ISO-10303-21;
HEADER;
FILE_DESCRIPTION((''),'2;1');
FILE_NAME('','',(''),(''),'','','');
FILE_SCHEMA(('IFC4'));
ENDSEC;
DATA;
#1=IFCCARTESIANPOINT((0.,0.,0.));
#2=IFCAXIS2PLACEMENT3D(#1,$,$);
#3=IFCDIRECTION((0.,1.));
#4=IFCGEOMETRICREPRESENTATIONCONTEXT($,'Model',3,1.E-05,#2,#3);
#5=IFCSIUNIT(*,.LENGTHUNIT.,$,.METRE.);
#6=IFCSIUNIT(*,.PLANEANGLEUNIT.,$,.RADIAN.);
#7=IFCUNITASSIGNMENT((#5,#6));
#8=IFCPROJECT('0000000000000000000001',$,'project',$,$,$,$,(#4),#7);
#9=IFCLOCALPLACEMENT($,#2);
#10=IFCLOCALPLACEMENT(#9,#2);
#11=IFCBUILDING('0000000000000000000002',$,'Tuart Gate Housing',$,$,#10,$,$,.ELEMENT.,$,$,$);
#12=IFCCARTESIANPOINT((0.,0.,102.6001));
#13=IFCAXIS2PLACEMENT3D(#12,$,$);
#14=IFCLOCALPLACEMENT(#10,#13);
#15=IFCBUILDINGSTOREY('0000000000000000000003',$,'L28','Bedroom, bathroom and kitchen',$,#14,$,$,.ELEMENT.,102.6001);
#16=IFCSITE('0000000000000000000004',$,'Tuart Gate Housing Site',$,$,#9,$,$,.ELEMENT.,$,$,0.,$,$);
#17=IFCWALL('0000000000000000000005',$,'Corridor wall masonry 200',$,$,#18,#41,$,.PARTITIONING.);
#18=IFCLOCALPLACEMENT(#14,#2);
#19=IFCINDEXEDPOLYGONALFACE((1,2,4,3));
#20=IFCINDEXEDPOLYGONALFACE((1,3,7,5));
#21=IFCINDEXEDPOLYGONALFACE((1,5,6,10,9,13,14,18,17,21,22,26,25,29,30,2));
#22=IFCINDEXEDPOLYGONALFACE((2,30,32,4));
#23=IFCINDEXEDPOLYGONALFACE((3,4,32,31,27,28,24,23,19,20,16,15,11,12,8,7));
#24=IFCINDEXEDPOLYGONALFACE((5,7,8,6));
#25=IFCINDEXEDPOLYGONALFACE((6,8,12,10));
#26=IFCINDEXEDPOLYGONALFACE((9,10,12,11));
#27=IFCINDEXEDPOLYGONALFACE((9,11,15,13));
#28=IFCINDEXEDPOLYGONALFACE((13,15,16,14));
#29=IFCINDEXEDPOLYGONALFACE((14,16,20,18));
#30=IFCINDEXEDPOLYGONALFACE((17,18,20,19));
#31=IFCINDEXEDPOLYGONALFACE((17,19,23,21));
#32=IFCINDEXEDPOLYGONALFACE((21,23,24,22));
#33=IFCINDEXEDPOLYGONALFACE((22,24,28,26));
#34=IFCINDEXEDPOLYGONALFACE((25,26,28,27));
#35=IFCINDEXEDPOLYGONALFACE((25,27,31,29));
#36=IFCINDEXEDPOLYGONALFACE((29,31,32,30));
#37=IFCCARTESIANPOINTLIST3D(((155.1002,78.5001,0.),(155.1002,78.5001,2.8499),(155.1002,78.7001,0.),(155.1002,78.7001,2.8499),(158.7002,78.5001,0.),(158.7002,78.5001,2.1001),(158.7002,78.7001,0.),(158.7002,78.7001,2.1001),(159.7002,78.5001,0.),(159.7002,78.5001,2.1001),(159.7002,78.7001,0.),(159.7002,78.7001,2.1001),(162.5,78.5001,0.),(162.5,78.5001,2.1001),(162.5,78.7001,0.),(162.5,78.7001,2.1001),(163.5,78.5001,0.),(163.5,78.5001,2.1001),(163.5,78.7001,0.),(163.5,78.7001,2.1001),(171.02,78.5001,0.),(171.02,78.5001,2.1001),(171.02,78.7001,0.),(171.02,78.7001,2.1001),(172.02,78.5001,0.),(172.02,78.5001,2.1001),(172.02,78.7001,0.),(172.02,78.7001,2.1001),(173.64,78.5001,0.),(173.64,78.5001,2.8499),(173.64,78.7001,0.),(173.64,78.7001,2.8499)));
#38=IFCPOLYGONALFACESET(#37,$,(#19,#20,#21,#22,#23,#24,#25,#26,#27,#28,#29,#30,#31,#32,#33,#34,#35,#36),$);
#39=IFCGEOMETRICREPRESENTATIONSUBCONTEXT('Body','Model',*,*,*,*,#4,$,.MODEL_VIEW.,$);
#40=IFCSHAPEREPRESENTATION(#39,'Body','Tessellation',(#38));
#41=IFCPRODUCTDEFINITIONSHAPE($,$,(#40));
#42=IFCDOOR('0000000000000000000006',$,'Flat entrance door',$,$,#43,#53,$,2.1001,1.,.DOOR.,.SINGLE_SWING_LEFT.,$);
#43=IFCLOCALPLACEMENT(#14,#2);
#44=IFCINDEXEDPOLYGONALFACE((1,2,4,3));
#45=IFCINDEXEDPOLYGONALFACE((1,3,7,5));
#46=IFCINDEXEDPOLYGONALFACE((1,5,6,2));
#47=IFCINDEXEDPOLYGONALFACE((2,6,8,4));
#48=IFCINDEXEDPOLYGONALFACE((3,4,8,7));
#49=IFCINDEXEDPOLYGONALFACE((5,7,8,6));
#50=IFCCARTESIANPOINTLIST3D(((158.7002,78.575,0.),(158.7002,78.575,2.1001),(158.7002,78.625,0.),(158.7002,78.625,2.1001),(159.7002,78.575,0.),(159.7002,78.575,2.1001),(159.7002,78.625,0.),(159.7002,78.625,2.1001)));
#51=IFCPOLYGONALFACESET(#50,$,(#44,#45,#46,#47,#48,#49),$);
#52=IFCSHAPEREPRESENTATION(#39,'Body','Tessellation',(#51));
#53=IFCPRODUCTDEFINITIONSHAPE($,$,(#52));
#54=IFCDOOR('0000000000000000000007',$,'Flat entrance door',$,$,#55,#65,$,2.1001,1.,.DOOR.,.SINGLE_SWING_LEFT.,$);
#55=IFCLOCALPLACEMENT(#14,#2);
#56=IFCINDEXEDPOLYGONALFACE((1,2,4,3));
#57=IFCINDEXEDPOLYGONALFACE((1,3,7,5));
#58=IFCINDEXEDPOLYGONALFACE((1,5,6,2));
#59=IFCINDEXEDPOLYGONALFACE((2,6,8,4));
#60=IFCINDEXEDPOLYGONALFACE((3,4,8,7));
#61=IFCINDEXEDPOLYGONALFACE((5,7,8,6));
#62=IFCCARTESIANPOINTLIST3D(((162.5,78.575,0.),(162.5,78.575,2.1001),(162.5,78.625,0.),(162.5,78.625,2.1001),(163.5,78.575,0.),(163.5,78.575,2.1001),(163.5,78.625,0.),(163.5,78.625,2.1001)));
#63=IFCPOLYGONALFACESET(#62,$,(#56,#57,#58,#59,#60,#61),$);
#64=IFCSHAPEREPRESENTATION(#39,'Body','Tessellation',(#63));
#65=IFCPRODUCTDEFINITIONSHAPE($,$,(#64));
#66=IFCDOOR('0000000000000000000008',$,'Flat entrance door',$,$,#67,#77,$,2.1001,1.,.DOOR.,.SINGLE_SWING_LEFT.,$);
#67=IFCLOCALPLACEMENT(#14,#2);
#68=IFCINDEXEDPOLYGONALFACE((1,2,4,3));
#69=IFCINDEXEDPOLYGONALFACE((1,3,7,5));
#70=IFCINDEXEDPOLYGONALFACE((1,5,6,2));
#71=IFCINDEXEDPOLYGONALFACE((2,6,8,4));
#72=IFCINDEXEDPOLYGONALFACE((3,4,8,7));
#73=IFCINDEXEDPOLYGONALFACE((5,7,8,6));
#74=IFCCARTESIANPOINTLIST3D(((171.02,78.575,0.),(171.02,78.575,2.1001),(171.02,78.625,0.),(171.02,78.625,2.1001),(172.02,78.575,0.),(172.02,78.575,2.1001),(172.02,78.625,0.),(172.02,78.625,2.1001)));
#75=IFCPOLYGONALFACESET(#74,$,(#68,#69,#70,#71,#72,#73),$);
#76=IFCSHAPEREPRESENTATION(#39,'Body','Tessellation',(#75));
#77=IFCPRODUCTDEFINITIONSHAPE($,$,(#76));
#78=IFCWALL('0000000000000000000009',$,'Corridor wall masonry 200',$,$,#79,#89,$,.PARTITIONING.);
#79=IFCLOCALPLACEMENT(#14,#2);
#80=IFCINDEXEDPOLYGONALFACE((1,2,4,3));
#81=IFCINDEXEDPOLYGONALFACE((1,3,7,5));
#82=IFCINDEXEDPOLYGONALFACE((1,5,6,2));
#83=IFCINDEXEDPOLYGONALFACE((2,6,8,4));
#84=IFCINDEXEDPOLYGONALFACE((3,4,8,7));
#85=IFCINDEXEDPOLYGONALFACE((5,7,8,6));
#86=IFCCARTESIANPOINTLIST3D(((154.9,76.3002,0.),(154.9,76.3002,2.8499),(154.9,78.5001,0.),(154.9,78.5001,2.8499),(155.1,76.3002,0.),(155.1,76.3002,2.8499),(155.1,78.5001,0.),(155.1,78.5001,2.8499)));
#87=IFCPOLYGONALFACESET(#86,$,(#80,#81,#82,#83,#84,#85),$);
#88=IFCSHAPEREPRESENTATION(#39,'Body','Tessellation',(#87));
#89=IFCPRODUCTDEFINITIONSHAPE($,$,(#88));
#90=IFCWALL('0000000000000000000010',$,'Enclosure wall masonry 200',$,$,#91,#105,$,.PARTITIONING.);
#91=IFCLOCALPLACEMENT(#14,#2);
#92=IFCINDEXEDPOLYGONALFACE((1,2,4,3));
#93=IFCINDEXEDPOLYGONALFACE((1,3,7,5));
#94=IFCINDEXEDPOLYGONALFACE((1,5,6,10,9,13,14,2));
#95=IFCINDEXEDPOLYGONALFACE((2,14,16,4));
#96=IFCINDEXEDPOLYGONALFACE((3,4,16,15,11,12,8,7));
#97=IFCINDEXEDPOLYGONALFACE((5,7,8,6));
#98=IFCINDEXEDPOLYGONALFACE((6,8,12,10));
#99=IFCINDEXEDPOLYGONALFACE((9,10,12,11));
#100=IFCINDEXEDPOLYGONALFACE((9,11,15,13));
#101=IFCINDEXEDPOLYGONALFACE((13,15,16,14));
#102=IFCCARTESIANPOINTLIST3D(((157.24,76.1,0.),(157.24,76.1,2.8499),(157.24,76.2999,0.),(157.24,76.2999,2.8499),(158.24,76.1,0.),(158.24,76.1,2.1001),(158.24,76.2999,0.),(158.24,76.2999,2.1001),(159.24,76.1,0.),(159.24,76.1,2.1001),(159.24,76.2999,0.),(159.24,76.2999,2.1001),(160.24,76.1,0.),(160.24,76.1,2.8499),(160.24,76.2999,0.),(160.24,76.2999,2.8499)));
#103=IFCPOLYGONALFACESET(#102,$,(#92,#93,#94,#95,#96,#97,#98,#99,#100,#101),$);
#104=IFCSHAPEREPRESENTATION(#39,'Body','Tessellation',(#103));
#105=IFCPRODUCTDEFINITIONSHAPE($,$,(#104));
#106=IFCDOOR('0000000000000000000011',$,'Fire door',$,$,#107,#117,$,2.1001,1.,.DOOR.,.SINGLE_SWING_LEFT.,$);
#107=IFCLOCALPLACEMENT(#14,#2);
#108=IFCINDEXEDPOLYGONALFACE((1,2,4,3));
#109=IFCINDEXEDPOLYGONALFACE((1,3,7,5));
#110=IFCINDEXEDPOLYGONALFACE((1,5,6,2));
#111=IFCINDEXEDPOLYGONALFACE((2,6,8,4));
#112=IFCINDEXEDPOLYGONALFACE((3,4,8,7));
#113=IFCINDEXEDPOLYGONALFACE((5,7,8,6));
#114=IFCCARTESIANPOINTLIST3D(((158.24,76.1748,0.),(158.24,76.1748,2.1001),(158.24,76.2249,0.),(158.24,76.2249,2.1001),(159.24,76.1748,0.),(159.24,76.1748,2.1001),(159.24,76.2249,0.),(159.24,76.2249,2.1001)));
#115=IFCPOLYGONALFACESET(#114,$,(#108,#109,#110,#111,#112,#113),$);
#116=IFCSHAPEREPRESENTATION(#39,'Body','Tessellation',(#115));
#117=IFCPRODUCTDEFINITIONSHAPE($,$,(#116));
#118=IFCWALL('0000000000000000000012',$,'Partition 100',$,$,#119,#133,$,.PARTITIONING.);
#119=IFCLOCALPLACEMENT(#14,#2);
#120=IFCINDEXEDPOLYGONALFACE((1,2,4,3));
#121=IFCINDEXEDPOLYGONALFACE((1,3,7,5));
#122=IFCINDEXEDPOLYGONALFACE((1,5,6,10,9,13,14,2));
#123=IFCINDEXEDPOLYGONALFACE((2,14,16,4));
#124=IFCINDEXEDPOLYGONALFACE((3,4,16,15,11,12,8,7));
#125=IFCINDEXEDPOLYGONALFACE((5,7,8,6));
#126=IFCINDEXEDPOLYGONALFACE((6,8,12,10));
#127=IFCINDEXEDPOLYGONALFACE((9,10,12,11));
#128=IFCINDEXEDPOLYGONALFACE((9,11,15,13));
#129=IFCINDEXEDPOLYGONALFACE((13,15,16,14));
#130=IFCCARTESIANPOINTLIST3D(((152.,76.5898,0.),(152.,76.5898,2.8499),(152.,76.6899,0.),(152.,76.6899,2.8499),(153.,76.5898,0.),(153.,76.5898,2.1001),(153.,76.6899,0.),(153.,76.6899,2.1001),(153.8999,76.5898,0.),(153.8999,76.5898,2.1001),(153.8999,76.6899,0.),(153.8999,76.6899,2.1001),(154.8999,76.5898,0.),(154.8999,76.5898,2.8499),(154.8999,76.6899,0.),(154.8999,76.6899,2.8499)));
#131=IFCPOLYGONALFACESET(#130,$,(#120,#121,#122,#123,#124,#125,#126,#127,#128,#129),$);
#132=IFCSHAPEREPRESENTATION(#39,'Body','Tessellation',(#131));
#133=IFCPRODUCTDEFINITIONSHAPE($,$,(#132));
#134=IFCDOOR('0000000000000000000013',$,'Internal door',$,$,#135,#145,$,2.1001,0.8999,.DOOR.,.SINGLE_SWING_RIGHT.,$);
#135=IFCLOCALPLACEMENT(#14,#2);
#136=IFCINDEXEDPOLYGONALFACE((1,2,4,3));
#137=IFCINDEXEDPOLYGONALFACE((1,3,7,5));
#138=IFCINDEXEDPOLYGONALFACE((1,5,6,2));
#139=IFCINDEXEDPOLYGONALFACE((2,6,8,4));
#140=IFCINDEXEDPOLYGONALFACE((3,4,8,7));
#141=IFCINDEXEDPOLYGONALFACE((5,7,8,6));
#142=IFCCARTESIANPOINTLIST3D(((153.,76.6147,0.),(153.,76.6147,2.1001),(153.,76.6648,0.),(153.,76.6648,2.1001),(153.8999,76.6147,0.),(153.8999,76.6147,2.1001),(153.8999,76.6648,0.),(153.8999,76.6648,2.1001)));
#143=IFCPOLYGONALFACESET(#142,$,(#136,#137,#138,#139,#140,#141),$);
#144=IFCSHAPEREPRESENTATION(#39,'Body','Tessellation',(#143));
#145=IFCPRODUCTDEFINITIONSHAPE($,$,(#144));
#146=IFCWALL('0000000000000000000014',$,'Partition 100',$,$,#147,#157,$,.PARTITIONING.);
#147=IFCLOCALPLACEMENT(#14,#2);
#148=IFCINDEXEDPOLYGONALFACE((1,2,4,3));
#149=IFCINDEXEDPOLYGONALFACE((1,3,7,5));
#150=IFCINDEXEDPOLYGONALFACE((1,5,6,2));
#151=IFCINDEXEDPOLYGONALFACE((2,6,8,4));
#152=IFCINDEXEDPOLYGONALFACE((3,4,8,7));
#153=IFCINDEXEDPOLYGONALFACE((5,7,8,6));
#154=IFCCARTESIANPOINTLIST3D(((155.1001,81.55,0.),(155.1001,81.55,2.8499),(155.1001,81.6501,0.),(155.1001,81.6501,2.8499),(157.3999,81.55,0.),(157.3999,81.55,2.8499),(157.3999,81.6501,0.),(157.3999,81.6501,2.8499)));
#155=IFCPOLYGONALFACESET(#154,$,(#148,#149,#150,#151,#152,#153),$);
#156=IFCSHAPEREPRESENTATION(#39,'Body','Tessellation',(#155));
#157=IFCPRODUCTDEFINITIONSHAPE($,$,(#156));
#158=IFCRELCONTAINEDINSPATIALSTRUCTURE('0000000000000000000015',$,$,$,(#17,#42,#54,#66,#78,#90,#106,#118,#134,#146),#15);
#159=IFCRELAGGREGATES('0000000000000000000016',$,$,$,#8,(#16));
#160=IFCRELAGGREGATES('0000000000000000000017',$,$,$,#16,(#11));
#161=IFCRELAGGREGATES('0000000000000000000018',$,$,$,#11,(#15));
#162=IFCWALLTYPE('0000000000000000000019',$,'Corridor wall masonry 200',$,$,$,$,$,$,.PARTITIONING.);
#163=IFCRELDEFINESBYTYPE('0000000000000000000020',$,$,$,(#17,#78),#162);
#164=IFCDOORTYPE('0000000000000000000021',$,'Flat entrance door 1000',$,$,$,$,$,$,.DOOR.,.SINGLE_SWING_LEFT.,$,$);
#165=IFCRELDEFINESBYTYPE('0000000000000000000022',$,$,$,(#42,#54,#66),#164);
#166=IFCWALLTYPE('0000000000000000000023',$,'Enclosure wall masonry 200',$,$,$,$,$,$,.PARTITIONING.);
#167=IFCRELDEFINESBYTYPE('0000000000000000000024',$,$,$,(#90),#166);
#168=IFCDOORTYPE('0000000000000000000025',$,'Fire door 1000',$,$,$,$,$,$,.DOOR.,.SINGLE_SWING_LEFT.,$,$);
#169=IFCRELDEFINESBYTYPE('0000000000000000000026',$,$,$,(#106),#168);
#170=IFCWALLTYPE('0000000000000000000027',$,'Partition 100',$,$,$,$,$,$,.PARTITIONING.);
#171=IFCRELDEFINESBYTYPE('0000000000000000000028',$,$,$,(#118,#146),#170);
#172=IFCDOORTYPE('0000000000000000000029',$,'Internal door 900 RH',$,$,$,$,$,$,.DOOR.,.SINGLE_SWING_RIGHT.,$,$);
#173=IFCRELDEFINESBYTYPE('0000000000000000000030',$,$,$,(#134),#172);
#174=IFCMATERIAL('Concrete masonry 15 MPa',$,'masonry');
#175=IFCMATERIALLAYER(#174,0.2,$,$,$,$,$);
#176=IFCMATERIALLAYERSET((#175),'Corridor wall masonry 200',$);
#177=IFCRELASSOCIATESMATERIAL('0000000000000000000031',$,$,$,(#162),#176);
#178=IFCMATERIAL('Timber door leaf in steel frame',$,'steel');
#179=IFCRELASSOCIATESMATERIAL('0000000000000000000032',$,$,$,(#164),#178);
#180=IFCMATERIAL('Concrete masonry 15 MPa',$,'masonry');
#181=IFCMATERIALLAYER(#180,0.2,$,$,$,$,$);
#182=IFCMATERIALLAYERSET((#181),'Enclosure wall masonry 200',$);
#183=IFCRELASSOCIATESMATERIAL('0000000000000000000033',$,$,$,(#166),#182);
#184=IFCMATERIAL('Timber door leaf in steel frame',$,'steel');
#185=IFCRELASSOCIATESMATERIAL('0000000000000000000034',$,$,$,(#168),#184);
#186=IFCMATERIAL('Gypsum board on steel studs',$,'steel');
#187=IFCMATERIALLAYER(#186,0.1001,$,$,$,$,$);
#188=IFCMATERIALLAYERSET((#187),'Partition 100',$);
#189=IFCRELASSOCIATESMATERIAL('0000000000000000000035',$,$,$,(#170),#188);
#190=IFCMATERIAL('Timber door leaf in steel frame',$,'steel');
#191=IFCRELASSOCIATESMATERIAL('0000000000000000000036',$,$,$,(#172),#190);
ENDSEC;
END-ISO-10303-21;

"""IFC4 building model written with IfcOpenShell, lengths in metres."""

from ifc_helpers import new_model, si_unit, direction, frame, frame_2d, origin, place, context, subcontext, project, spatial, rectangle, extrude, material, layer, layer_set, type_object, element, fill, save


model = new_model("IFC4")

# Units and contexts
model_context = context("Model", 3, precision=1e-05, world=origin(), true_north=direction((0.0, 1.0)))
body_context = subcontext(model_context, "Body", "Model", "MODEL_VIEW")
ifc_project = project(units=[si_unit("LENGTHUNIT", "METRE"), si_unit("PLANEANGLEUNIT", "RADIAN")], contexts=[model_context])

# Site, building, storey
site_placement = place(None, origin())
site = spatial("IfcSite", under=ifc_project, at=site_placement, Name="Tuart Gate Housing Site", CompositionType="ELEMENT", RefElevation=0.0)
building_placement = place(site_placement, origin())
building = spatial("IfcBuilding", under=site, at=building_placement, Name="Tuart Gate Housing", CompositionType="ELEMENT")
storey_placement = place(building_placement, frame((0.0, 0.0, 102.6001)))
storey = spatial("IfcBuildingStorey", under=building, at=storey_placement, Name="L28", Description="Bedroom, bathroom and kitchen", CompositionType="ELEMENT", Elevation=102.6001)

# Shared definitions
ifc_material_1 = material(Name="Concrete masonry 15 MPa", Category="masonry")
ifc_layer_1 = layer(ifc_material_1, 0.2)
ifc_layer_set_1 = layer_set([ifc_layer_1], Name="Corridor wall masonry 200")
wall_type_1 = type_object("IfcWallType", Name="Corridor wall masonry 200", PredefinedType="PARTITIONING", material=ifc_layer_set_1)

# Wall, openings, doors
wall_1_placement = place(storey_placement, frame((155.1001, 78.6001, 0.0), z_axis=(0.0, 0.0, 1.0), x_axis=(1.0, 0.0, 0.0)))
wall_1 = element("IfcWall", 1, at=wall_1_placement, inside=storey, type_object=wall_type_1, Name="Corridor wall masonry 200", PredefinedType="PARTITIONING", context=body_context, shape_type="SweptSolid", body=[
    extrude(rectangle(XDim=18.5398, YDim=0.2, at=frame_2d((9.27, 0.0))), origin(), (0.0, 0.0, 1.0), 2.8499),
])
opening_1_placement = place(wall_1_placement, frame((3.6001, 0.0, 0.0)))
opening_1 = element("IfcOpeningElement", 2, at=opening_1_placement, cuts=wall_1, PredefinedType="OPENING", context=body_context, shape_type="SweptSolid", body=[
    extrude(rectangle(XDim=1.0, YDim=2.1001, at=frame_2d((0.5, 1.05))), frame((0.0, 0.1099, 0.0), z_axis=(0.0, -1.0, 0.0), x_axis=(1.0, 0.0, 0.0)), (0.0, 0.0, 1.0), 0.22),
])
opening_2_placement = place(wall_1_placement, frame((7.3999, 0.0, 0.0)))
opening_2 = element("IfcOpeningElement", 3, at=opening_2_placement, cuts=wall_1, PredefinedType="OPENING", context=body_context, shape_type="SweptSolid", body=[
    extrude(rectangle(XDim=1.0, YDim=2.1001, at=frame_2d((0.5, 1.05))), frame((0.0, 0.1099, 0.0), z_axis=(0.0, -1.0, 0.0), x_axis=(1.0, 0.0, 0.0)), (0.0, 0.0, 1.0), 0.22),
])
opening_3_placement = place(wall_1_placement, frame((15.9199, 0.0, 0.0)))
opening_3 = element("IfcOpeningElement", 4, at=opening_3_placement, cuts=wall_1, PredefinedType="OPENING", context=body_context, shape_type="SweptSolid", body=[
    extrude(rectangle(XDim=1.0, YDim=2.1001, at=frame_2d((0.5, 1.05))), frame((0.0, 0.1099, 0.0), z_axis=(0.0, -1.0, 0.0), x_axis=(1.0, 0.0, 0.0)), (0.0, 0.0, 1.0), 0.22),
])
ifc_material_2 = material(Name="Timber door leaf in steel frame", Category="steel")
door_type_1 = type_object("IfcDoorType", Name="Flat entrance door 1000", OperationType="SINGLE_SWING_LEFT", PredefinedType="DOOR", material=ifc_material_2)
door_1_placement = place(opening_1_placement, origin())
door_1 = element("IfcDoor", 5, at=door_1_placement, inside=storey, type_object=door_type_1, Name="Flat entrance door", OperationType="SINGLE_SWING_LEFT", OverallHeight=2.1001, OverallWidth=1.0, PredefinedType="DOOR", context=body_context, shape_type="SweptSolid", body=[
    extrude(rectangle(XDim=1.0, YDim=2.1001, at=frame_2d((0.5, 1.05))), frame((0.0, 0.0249, 0.0), z_axis=(0.0, -1.0, 0.0), x_axis=(1.0, 0.0, 0.0)), (0.0, 0.0, 1.0), 0.05),
])
fill(opening_1, door_1)
door_2_placement = place(opening_2_placement, origin())
door_2 = element("IfcDoor", 6, at=door_2_placement, inside=storey, type_object=door_type_1, Name="Flat entrance door", OperationType="SINGLE_SWING_LEFT", OverallHeight=2.1001, OverallWidth=1.0, PredefinedType="DOOR", context=body_context, shape_type="SweptSolid", body=[
    extrude(rectangle(XDim=1.0, YDim=2.1001, at=frame_2d((0.5, 1.05))), frame((0.0, 0.0249, 0.0), z_axis=(0.0, -1.0, 0.0), x_axis=(1.0, 0.0, 0.0)), (0.0, 0.0, 1.0), 0.05),
])
fill(opening_2, door_2)
door_3_placement = place(opening_3_placement, origin())
door_3 = element("IfcDoor", 7, at=door_3_placement, inside=storey, type_object=door_type_1, Name="Flat entrance door", OperationType="SINGLE_SWING_LEFT", OverallHeight=2.1001, OverallWidth=1.0, PredefinedType="DOOR", context=body_context, shape_type="SweptSolid", body=[
    extrude(rectangle(XDim=1.0, YDim=2.1001, at=frame_2d((0.5, 1.05))), frame((0.0, 0.0249, 0.0), z_axis=(0.0, -1.0, 0.0), x_axis=(1.0, 0.0, 0.0)), (0.0, 0.0, 1.0), 0.05),
])
fill(opening_3, door_3)

# Wall
wall_2_placement = place(storey_placement, frame((155.0, 76.3, 0.0), z_axis=(0.0, 0.0, 1.0), x_axis=(0.0, 1.0, 0.0)))
element("IfcWall", 8, at=wall_2_placement, inside=storey, type_object=wall_type_1, Name="Corridor wall masonry 200", PredefinedType="PARTITIONING", context=body_context, shape_type="SweptSolid", body=[
    extrude(rectangle(XDim=2.2, YDim=0.2, at=frame_2d((1.1001, 0.0))), origin(), (0.0, 0.0, 1.0), 2.8499),
])

# Walls, openings, doors
ifc_material_3 = material(Name="Concrete masonry 15 MPa", Category="masonry")
ifc_layer_2 = layer(ifc_material_3, 0.2)
ifc_layer_set_2 = layer_set([ifc_layer_2], Name="Enclosure wall masonry 200")
wall_type_2 = type_object("IfcWallType", Name="Enclosure wall masonry 200", PredefinedType="PARTITIONING", material=ifc_layer_set_2)
wall_3_placement = place(storey_placement, frame((157.24, 76.2, 0.0), z_axis=(0.0, 0.0, 1.0), x_axis=(1.0, 0.0, 0.0)))
wall_3 = element("IfcWall", 9, at=wall_3_placement, inside=storey, type_object=wall_type_2, Name="Enclosure wall masonry 200", PredefinedType="PARTITIONING", context=body_context, shape_type="SweptSolid", body=[
    extrude(rectangle(XDim=3.0, YDim=0.2, at=frame_2d((1.5, 0.0))), origin(), (0.0, 0.0, 1.0), 2.8499),
])
opening_4_placement = place(wall_3_placement, frame((1.0, 0.0, 0.0)))
opening_4 = element("IfcOpeningElement", 10, at=opening_4_placement, cuts=wall_3, PredefinedType="OPENING", context=body_context, shape_type="SweptSolid", body=[
    extrude(rectangle(XDim=1.0, YDim=2.1001, at=frame_2d((0.5, 1.05))), frame((0.0, 0.1099, 0.0), z_axis=(0.0, -1.0, 0.0), x_axis=(1.0, 0.0, 0.0)), (0.0, 0.0, 1.0), 0.22),
])
ifc_material_4 = material(Name="Timber door leaf in steel frame", Category="steel")
door_type_2 = type_object("IfcDoorType", Name="Fire door 1000", OperationType="SINGLE_SWING_LEFT", PredefinedType="DOOR", material=ifc_material_4)
door_4_placement = place(opening_4_placement, origin())
door_4 = element("IfcDoor", 11, at=door_4_placement, inside=storey, type_object=door_type_2, Name="Fire door", OperationType="SINGLE_SWING_LEFT", OverallHeight=2.1001, OverallWidth=1.0, PredefinedType="DOOR", context=body_context, shape_type="SweptSolid", body=[
    extrude(rectangle(XDim=1.0, YDim=2.1001, at=frame_2d((0.5, 1.05))), frame((0.0, 0.0249, 0.0), z_axis=(0.0, -1.0, 0.0), x_axis=(1.0, 0.0, 0.0)), (0.0, 0.0, 1.0), 0.05),
])
fill(opening_4, door_4)
ifc_material_5 = material(Name="Gypsum board on steel studs", Category="steel")
ifc_layer_3 = layer(ifc_material_5, 0.1001)
ifc_layer_set_3 = layer_set([ifc_layer_3], Name="Partition 100")
wall_type_3 = type_object("IfcWallType", Name="Partition 100", PredefinedType="PARTITIONING", material=ifc_layer_set_3)
wall_4_placement = place(storey_placement, frame((152.0, 76.6399, 0.0), z_axis=(0.0, 0.0, 1.0), x_axis=(1.0, 0.0, 0.0)))
wall_4 = element("IfcWall", 12, at=wall_4_placement, inside=storey, type_object=wall_type_3, Name="Partition 100", PredefinedType="PARTITIONING", context=body_context, shape_type="SweptSolid", body=[
    extrude(rectangle(XDim=2.8999, YDim=0.1001, at=frame_2d((1.45, 0.0))), origin(), (0.0, 0.0, 1.0), 2.8499),
])
opening_5_placement = place(wall_4_placement, frame((1.0, 0.0, 0.0)))
opening_5 = element("IfcOpeningElement", 13, at=opening_5_placement, cuts=wall_4, PredefinedType="OPENING", context=body_context, shape_type="SweptSolid", body=[
    extrude(rectangle(XDim=0.8999, YDim=2.1001, at=frame_2d((0.45, 1.05))), frame((0.0, 0.0601, 0.0), z_axis=(0.0, -1.0, 0.0), x_axis=(1.0, 0.0, 0.0)), (0.0, 0.0, 1.0), 0.1201),
])
ifc_material_6 = material(Name="Timber door leaf in steel frame", Category="steel")
door_type_3 = type_object("IfcDoorType", Name="Internal door 900 RH", OperationType="SINGLE_SWING_RIGHT", PredefinedType="DOOR", material=ifc_material_6)
door_5_placement = place(opening_5_placement, frame((0.8999, 0.0, 0.0), z_axis=(0.0, 0.0, 1.0), x_axis=(-1.0, 0.0, 0.0)))
door_5 = element("IfcDoor", 14, at=door_5_placement, inside=storey, type_object=door_type_3, Name="Internal door", OperationType="SINGLE_SWING_RIGHT", OverallHeight=2.1001, OverallWidth=0.8999, PredefinedType="DOOR", context=body_context, shape_type="SweptSolid", body=[
    extrude(rectangle(XDim=0.8999, YDim=2.1001, at=frame_2d((0.45, 1.05))), frame((0.0, 0.0251, 0.0), z_axis=(0.0, -1.0, 0.0), x_axis=(1.0, 0.0, 0.0)), (0.0, 0.0, 1.0), 0.05),
])
fill(opening_5, door_5)

# Wall
wall_5_placement = place(storey_placement, frame((155.1001, 81.6001, 0.0), z_axis=(0.0, 0.0, 1.0), x_axis=(1.0, 0.0, 0.0)))
element("IfcWall", 15, at=wall_5_placement, inside=storey, type_object=wall_type_3, Name="Partition 100", PredefinedType="PARTITIONING", context=body_context, shape_type="SweptSolid", body=[
    extrude(rectangle(XDim=2.2998, YDim=0.1001, at=frame_2d((1.1499, 0.0))), origin(), (0.0, 0.0, 1.0), 2.8499),
])

save(model, "model.ifc")
